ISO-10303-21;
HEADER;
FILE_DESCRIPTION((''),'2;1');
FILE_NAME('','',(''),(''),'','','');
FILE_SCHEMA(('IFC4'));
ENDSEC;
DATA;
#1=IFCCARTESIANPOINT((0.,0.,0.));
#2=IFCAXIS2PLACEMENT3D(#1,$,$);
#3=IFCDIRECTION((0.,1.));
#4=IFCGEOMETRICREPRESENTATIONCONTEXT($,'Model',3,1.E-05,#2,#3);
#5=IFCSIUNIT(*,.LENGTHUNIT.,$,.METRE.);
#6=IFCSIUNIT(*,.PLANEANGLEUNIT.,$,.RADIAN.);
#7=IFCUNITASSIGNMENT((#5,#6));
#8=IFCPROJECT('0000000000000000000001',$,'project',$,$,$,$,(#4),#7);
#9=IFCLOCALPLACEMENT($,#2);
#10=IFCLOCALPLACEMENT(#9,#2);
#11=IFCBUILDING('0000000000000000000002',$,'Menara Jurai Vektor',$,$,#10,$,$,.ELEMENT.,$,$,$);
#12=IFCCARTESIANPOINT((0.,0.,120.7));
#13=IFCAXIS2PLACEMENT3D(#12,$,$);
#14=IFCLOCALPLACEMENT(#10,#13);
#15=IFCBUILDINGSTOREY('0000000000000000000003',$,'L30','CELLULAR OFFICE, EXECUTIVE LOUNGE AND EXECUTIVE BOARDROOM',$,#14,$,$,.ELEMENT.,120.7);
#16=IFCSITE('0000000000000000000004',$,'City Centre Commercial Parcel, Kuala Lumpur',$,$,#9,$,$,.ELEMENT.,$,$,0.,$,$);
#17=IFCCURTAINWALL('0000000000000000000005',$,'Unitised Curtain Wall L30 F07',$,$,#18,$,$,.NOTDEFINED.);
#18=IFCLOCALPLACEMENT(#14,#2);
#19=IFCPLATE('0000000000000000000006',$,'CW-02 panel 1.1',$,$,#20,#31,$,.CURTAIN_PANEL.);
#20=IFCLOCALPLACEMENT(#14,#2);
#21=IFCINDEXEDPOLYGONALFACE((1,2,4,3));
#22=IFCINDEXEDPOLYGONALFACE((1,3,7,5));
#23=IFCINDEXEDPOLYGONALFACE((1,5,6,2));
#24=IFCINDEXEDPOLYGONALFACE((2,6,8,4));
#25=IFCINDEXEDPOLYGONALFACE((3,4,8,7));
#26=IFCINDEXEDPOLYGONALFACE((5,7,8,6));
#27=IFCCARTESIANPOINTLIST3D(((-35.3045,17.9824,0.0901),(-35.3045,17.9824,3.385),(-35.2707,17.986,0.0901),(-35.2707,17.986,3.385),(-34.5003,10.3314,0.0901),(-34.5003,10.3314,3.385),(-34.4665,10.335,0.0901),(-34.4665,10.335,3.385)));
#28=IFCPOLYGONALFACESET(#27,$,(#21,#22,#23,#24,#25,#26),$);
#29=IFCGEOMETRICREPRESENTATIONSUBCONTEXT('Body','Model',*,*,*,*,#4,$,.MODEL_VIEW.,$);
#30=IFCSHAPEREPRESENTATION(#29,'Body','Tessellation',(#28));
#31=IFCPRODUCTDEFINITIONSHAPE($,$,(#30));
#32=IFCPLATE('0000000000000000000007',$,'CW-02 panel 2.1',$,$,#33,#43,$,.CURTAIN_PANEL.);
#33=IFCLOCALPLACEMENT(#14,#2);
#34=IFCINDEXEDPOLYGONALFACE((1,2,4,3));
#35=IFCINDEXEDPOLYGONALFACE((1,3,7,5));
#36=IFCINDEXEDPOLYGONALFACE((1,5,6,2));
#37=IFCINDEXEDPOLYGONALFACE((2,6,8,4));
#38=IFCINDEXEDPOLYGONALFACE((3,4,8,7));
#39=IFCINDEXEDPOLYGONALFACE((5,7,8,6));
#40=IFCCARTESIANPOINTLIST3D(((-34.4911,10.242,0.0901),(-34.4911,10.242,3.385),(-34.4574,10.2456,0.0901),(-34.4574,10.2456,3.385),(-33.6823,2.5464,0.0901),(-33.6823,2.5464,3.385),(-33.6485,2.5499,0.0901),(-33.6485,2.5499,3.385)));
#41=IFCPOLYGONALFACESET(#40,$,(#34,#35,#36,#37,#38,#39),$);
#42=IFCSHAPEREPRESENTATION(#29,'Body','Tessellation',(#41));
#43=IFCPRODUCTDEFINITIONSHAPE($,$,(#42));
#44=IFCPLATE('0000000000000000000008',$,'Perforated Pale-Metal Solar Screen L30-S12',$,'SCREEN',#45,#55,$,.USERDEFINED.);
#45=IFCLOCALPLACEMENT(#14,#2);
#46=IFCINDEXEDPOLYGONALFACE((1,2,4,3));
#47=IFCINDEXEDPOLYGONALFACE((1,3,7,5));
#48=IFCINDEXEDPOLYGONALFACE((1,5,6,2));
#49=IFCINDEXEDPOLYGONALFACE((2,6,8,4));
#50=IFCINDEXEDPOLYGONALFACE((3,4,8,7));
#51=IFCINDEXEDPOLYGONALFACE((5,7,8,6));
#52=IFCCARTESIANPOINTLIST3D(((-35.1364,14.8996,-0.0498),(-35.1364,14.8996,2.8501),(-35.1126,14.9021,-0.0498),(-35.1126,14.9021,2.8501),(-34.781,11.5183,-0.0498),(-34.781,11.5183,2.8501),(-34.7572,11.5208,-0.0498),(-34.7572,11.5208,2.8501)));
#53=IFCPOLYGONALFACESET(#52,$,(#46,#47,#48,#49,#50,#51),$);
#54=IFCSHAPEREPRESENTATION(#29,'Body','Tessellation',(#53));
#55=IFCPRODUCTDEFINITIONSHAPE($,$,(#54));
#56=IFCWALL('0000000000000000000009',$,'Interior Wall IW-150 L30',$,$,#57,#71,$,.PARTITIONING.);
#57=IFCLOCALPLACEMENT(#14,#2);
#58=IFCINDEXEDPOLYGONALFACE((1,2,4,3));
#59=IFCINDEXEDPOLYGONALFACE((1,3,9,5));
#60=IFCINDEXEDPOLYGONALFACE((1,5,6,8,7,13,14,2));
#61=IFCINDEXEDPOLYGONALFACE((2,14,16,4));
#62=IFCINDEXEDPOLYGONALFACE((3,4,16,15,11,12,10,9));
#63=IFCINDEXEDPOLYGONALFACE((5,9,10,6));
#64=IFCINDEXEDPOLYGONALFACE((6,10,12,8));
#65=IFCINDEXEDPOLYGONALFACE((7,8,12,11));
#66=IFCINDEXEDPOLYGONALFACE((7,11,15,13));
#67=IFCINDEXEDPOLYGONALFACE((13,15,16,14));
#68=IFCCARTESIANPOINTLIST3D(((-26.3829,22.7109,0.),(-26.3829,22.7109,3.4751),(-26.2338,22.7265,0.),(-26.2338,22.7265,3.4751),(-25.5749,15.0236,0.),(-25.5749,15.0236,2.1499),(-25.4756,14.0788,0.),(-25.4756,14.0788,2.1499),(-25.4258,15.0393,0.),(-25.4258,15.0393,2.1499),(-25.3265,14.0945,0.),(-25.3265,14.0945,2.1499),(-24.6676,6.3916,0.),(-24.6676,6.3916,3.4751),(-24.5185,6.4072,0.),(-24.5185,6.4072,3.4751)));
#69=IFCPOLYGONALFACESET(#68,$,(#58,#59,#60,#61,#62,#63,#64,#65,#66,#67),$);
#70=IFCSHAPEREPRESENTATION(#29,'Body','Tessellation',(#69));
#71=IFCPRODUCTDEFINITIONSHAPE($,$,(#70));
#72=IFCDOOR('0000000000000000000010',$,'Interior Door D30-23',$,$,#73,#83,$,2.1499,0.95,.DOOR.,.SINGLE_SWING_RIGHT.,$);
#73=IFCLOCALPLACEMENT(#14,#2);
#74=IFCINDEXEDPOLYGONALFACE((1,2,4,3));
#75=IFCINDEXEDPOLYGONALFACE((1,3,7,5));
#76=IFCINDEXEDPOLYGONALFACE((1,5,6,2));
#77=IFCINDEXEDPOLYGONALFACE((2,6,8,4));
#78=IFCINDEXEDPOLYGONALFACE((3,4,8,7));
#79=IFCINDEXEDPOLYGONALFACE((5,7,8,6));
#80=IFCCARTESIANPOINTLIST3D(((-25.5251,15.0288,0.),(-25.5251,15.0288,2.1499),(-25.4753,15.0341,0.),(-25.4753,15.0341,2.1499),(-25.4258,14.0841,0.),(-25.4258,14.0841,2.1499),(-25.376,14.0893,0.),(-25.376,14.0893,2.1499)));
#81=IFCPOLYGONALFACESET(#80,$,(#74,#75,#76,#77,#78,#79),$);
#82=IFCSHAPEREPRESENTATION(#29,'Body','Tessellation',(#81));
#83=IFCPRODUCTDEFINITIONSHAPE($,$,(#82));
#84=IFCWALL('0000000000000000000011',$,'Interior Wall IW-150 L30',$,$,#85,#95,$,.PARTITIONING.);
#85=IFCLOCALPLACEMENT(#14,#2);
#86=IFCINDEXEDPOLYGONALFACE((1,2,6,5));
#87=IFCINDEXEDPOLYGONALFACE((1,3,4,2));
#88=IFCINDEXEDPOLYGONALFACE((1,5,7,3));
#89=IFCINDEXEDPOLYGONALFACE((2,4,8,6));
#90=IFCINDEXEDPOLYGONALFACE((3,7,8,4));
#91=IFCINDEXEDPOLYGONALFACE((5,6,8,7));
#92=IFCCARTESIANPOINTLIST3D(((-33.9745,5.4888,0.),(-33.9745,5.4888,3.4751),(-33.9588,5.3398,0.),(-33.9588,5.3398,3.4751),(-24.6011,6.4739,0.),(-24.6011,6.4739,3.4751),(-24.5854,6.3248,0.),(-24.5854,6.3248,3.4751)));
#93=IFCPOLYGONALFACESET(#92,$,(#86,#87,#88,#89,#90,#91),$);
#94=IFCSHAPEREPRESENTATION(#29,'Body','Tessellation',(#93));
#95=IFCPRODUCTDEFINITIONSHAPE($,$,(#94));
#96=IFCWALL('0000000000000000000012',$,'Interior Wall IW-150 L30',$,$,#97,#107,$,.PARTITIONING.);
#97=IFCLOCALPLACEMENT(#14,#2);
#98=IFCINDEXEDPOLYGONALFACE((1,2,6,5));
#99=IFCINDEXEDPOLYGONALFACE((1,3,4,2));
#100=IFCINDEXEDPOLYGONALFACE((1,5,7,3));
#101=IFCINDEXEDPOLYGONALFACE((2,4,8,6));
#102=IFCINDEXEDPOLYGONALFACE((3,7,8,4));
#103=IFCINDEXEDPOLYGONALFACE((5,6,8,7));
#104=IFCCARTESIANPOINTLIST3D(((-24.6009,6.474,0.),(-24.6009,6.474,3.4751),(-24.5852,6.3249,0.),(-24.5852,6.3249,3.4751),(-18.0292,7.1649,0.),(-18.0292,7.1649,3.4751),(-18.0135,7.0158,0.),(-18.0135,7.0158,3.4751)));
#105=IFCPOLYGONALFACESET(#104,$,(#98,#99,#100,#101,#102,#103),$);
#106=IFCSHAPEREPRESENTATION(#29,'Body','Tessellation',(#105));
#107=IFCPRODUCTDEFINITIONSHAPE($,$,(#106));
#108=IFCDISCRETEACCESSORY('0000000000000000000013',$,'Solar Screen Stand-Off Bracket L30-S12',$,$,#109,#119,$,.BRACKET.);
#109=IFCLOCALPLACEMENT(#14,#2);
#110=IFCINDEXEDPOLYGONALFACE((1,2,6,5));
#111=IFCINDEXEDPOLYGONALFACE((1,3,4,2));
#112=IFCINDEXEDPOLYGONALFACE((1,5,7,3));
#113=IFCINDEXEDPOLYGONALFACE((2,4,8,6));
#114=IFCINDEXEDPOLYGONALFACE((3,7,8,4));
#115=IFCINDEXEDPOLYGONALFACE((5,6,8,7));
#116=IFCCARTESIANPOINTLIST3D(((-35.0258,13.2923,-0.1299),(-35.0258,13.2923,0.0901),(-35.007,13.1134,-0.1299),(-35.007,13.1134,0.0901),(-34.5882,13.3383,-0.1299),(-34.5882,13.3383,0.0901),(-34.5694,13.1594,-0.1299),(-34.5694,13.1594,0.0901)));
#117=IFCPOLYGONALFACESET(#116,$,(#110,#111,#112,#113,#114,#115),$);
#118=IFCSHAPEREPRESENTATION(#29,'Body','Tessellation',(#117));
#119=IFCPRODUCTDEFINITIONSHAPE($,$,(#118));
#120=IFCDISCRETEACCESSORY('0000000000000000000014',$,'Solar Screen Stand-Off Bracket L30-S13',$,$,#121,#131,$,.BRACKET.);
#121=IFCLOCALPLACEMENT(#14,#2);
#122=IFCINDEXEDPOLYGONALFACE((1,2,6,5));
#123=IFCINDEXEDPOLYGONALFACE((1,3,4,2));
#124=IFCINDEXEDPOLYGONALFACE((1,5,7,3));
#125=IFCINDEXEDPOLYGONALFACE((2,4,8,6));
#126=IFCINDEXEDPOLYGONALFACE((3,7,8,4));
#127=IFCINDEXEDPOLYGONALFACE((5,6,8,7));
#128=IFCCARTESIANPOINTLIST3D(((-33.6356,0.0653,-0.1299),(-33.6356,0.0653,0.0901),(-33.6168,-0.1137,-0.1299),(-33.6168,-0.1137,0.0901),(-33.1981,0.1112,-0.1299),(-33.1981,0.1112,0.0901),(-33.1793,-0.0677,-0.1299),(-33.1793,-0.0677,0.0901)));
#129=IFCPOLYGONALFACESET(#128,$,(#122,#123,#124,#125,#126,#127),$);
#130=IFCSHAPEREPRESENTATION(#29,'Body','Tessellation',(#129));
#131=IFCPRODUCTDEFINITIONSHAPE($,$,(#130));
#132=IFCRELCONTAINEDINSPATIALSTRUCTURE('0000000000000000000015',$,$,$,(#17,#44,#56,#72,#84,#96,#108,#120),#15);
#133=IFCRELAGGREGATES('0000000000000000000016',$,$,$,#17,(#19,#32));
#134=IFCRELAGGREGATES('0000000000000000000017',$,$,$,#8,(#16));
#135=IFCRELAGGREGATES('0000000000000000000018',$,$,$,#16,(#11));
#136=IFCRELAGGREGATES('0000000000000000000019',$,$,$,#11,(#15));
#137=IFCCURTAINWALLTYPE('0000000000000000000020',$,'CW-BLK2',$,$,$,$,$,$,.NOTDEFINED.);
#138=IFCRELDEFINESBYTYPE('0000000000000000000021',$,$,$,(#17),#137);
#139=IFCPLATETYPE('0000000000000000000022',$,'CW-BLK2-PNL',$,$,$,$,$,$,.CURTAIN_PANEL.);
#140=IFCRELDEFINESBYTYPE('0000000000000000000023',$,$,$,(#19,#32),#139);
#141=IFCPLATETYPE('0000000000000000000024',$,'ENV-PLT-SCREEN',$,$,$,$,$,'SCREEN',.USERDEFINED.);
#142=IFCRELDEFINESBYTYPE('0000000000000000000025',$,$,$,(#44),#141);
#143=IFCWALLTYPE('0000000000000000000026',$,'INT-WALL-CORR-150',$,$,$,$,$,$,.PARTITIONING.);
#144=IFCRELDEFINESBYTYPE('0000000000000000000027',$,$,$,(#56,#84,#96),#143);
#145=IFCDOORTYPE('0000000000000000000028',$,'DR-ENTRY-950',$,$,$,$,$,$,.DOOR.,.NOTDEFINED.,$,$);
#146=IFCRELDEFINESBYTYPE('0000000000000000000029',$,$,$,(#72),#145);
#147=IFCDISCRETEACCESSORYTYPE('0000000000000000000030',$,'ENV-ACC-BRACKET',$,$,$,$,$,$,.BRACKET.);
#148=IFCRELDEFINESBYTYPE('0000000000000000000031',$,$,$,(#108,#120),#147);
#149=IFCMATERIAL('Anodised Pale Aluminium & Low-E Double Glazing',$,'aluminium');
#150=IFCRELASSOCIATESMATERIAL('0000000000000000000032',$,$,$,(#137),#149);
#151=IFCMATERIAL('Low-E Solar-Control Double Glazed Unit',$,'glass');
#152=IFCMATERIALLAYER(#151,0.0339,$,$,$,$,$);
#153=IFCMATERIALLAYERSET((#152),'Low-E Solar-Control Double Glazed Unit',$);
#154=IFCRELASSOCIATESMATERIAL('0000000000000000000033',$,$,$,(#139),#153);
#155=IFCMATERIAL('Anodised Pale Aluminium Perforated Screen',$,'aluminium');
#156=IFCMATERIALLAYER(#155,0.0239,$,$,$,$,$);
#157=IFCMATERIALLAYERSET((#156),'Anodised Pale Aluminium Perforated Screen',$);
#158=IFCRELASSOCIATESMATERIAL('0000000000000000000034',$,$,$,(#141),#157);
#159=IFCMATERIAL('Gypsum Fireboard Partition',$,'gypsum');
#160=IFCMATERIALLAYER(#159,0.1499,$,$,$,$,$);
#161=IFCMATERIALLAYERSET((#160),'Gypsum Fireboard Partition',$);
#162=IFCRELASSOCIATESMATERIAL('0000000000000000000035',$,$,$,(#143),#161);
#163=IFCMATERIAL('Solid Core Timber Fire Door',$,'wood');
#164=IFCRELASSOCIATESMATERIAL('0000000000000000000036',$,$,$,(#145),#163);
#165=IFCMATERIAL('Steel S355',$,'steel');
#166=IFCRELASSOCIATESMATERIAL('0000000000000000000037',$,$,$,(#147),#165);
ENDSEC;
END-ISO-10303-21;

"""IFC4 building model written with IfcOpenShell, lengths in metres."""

from ifc_helpers import new_model, si_unit, direction, frame, frame_2d, origin, origin_2d, place, context, subcontext, project, spatial, rectangle, extrude, material, layer, layer_set, type_object, element, fill, aggregate, save


model = new_model("IFC4")

# Units and contexts
model_context = context("Model", 3, precision=1e-05, world=origin(), true_north=direction((0.0, 1.0)))
body_context = subcontext(model_context, "Body", "Model", "MODEL_VIEW")
ifc_project = project(units=[si_unit("LENGTHUNIT", "METRE"), si_unit("PLANEANGLEUNIT", "RADIAN")], contexts=[model_context])

# Site, building, storey
site_placement = place(None, origin())
site = spatial("IfcSite", under=ifc_project, at=site_placement, Name="City Centre Commercial Parcel, Kuala Lumpur", CompositionType="ELEMENT", RefElevation=0.0)
building_placement = place(site_placement, origin())
building = spatial("IfcBuilding", under=site, at=building_placement, Name="Menara Jurai Vektor", CompositionType="ELEMENT")
storey_placement = place(building_placement, frame((0.0, 0.0, 120.7)))
storey = spatial("IfcBuildingStorey", under=building, at=storey_placement, Name="L30", Description="CELLULAR OFFICE, EXECUTIVE LOUNGE AND EXECUTIVE BOARDROOM", CompositionType="ELEMENT", Elevation=120.7)

# Curtain wall
ifc_material_1 = material(Name="Anodised Pale Aluminium & Low-E Double Glazing", Category="aluminium")
curtain_wall_type = type_object("IfcCurtainWallType", Name="CW-BLK2", PredefinedType="NOTDEFINED", material=ifc_material_1)
curtain_wall_placement = place(storey_placement, origin())
curtain_wall = element("IfcCurtainWall", 1, at=curtain_wall_placement, inside=storey, type_object=curtain_wall_type, Name="Unitised Curtain Wall L30 F07", PredefinedType="NOTDEFINED")

# Shared definitions
ifc_material_2 = material(Name="Steel S355", Category="steel")

# Plates
ifc_material_3 = material(Name="Low-E Solar-Control Double Glazed Unit", Category="glass")
ifc_layer_1 = layer(ifc_material_3, 0.0339)
ifc_layer_set_1 = layer_set([ifc_layer_1], Name="Low-E Solar-Control Double Glazed Unit")
plate_type_1 = type_object("IfcPlateType", Name="CW-BLK2-PNL", PredefinedType="CURTAIN_PANEL", material=ifc_layer_set_1)
plate_1_placement = place(storey_placement, frame((-34.8855, 14.1587, 0.0901), z_axis=(0.0, 0.0, 1.0), x_axis=(0.10453, -0.994522, 0.0)))
plate_1 = element("IfcPlate", 2, at=plate_1_placement, type_object=plate_type_1, Name="CW-02 panel 1.1", PredefinedType="CURTAIN_PANEL", context=body_context, shape_type="SweptSolid", body=[
    extrude(rectangle(XDim=7.6931, YDim=0.0339, at=origin_2d()), origin(), (0.0, 0.0, 1.0), 3.2949),
])
plate_2_placement = place(storey_placement, frame((-34.0698, 6.396, 0.0901), z_axis=(0.0, 0.0, 1.0), x_axis=(0.10453, -0.994522, 0.0)))
plate_2 = element("IfcPlate", 3, at=plate_2_placement, type_object=plate_type_1, Name="CW-02 panel 2.1", PredefinedType="CURTAIN_PANEL", context=body_context, shape_type="SweptSolid", body=[
    extrude(rectangle(XDim=7.738, YDim=0.0339, at=origin_2d()), origin(), (0.0, 0.0, 1.0), 3.2949),
])
aggregate(curtain_wall, [plate_1, plate_2])
ifc_material_4 = material(Name="Anodised Pale Aluminium Perforated Screen", Category="aluminium")
ifc_layer_2 = layer(ifc_material_4, 0.0239)
ifc_layer_set_2 = layer_set([ifc_layer_2], Name="Anodised Pale Aluminium Perforated Screen")
plate_type_2 = type_object("IfcPlateType", Name="ENV-PLT-SCREEN", ElementType="SCREEN", PredefinedType="USERDEFINED", material=ifc_layer_set_2)
plate_3_placement = place(storey_placement, frame((-34.9468, 13.2102, -0.0498), z_axis=(0.0, 0.0, 1.0), x_axis=(0.104528, -0.994522, 0.0)))
element("IfcPlate", 4, at=plate_3_placement, inside=storey, type_object=plate_type_2, Name="Perforated Pale-Metal Solar Screen L30-S12", ObjectType="SCREEN", PredefinedType="USERDEFINED", context=body_context, shape_type="SweptSolid", body=[
    extrude(rectangle(XDim=3.3999, YDim=0.0239, at=origin_2d()), origin(), (0.0, 0.0, 1.0), 2.8999),
])

# Wall, opening, door
ifc_material_5 = material(Name="Gypsum Fireboard Partition", Category="gypsum")
ifc_layer_3 = layer(ifc_material_5, 0.1499)
ifc_layer_set_3 = layer_set([ifc_layer_3], Name="Gypsum Fireboard Partition")
wall_type = type_object("IfcWallType", Name="INT-WALL-CORR-150", PredefinedType="PARTITIONING", material=ifc_layer_set_3)
wall_1_placement = place(storey_placement, frame((-24.593, 6.3994, 0.0), z_axis=(0.0, 0.0, 1.0), x_axis=(-0.104535, 0.994521, 0.0)))
wall_1 = element("IfcWall", 5, at=wall_1_placement, inside=storey, type_object=wall_type, Name="Interior Wall IW-150 L30", PredefinedType="PARTITIONING", context=body_context, shape_type="SweptSolid", body=[
    extrude(rectangle(XDim=16.4092, YDim=0.1499, at=frame_2d((8.2046, 0.0))), origin(), (0.0, 0.0, 1.0), 3.4751),
])
opening_placement = place(wall_1_placement, frame((7.7295, 0.0, 0.0)))
opening = element("IfcOpeningElement", 6, at=opening_placement, cuts=wall_1, PredefinedType="OPENING", context=body_context, shape_type="SweptSolid", body=[
    extrude(rectangle(XDim=0.95, YDim=2.1499, at=frame_2d((0.4751, 1.075))), frame((0.0, 0.085, 0.0), z_axis=(0.0, -1.0, 0.0), x_axis=(1.0, 0.0, 0.0)), (0.0, 0.0, 1.0), 0.1699),
])
ifc_material_6 = material(Name="Solid Core Timber Fire Door", Category="wood")
door_type = type_object("IfcDoorType", Name="DR-ENTRY-950", OperationType="NOTDEFINED", PredefinedType="DOOR", material=ifc_material_6)
door_placement = place(opening_placement, origin())
door = element("IfcDoor", 7, at=door_placement, inside=storey, type_object=door_type, Name="Interior Door D30-23", OperationType="SINGLE_SWING_RIGHT", OverallHeight=2.1499, OverallWidth=0.95, PredefinedType="DOOR", context=body_context, shape_type="SweptSolid", body=[
    extrude(rectangle(XDim=0.95, YDim=2.1499, at=frame_2d((0.4751, 1.075))), frame((0.0, 0.0249, 0.0), z_axis=(0.0, -1.0, 0.0), x_axis=(1.0, 0.0, 0.0)), (0.0, 0.0, 1.0), 0.05),
])
fill(opening, door)

# Walls
wall_2_placement = place(storey_placement, frame((-33.9666, 5.4143, 0.0), z_axis=(0.0, 0.0, 1.0), x_axis=(0.994523, 0.104519, 0.0)))
element("IfcWall", 8, at=wall_2_placement, inside=storey, type_object=wall_type, Name="Interior Wall IW-150 L30", PredefinedType="PARTITIONING", context=body_context, shape_type="SweptSolid", body=[
    extrude(rectangle(XDim=9.425, YDim=0.1499, at=frame_2d((4.7124, 0.0))), origin(), (0.0, 0.0, 1.0), 3.4751),
])
wall_3_placement = place(storey_placement, frame((-24.593, 6.3994, 0.0), z_axis=(0.0, 0.0, 1.0), x_axis=(0.994519, 0.104558, 0.0)))
element("IfcWall", 9, at=wall_3_placement, inside=storey, type_object=wall_type, Name="Interior Wall IW-150 L30", PredefinedType="PARTITIONING", context=body_context, shape_type="SweptSolid", body=[
    extrude(rectangle(XDim=6.6079, YDim=0.1499, at=frame_2d((3.304, 0.0))), origin(), (0.0, 0.0, 1.0), 3.4751),
])

# Discrete accessories
discrete_accessory_type = type_object("IfcDiscreteAccessoryType", Name="ENV-ACC-BRACKET", PredefinedType="BRACKET", material=ifc_material_2)
for number, where, z_axis, x_axis, name in (
    (10, (-34.7976, 13.2258, -0.1299), (0.0, 0.0, 1.0), (0.104528, -0.994522, 0.0), "Solar Screen Stand-Off Bracket L30-S12"),
    (11, (-33.4075, -0.0012, -0.1299), (0.0, 0.0, 1.0), (0.104528, -0.994522, 0.0), "Solar Screen Stand-Off Bracket L30-S13"),
):
    element("IfcDiscreteAccessory", number, at=place(storey_placement, frame(where, z_axis=z_axis, x_axis=x_axis)), inside=storey, type_object=discrete_accessory_type, Name=name, PredefinedType="BRACKET", context=body_context, shape_type="SweptSolid", body=[
        extrude(rectangle(XDim=0.1799, YDim=0.4399, at=origin_2d()), origin(), (0.0, 0.0, 1.0), 0.22),
    ])

save(model, "model.ifc")
